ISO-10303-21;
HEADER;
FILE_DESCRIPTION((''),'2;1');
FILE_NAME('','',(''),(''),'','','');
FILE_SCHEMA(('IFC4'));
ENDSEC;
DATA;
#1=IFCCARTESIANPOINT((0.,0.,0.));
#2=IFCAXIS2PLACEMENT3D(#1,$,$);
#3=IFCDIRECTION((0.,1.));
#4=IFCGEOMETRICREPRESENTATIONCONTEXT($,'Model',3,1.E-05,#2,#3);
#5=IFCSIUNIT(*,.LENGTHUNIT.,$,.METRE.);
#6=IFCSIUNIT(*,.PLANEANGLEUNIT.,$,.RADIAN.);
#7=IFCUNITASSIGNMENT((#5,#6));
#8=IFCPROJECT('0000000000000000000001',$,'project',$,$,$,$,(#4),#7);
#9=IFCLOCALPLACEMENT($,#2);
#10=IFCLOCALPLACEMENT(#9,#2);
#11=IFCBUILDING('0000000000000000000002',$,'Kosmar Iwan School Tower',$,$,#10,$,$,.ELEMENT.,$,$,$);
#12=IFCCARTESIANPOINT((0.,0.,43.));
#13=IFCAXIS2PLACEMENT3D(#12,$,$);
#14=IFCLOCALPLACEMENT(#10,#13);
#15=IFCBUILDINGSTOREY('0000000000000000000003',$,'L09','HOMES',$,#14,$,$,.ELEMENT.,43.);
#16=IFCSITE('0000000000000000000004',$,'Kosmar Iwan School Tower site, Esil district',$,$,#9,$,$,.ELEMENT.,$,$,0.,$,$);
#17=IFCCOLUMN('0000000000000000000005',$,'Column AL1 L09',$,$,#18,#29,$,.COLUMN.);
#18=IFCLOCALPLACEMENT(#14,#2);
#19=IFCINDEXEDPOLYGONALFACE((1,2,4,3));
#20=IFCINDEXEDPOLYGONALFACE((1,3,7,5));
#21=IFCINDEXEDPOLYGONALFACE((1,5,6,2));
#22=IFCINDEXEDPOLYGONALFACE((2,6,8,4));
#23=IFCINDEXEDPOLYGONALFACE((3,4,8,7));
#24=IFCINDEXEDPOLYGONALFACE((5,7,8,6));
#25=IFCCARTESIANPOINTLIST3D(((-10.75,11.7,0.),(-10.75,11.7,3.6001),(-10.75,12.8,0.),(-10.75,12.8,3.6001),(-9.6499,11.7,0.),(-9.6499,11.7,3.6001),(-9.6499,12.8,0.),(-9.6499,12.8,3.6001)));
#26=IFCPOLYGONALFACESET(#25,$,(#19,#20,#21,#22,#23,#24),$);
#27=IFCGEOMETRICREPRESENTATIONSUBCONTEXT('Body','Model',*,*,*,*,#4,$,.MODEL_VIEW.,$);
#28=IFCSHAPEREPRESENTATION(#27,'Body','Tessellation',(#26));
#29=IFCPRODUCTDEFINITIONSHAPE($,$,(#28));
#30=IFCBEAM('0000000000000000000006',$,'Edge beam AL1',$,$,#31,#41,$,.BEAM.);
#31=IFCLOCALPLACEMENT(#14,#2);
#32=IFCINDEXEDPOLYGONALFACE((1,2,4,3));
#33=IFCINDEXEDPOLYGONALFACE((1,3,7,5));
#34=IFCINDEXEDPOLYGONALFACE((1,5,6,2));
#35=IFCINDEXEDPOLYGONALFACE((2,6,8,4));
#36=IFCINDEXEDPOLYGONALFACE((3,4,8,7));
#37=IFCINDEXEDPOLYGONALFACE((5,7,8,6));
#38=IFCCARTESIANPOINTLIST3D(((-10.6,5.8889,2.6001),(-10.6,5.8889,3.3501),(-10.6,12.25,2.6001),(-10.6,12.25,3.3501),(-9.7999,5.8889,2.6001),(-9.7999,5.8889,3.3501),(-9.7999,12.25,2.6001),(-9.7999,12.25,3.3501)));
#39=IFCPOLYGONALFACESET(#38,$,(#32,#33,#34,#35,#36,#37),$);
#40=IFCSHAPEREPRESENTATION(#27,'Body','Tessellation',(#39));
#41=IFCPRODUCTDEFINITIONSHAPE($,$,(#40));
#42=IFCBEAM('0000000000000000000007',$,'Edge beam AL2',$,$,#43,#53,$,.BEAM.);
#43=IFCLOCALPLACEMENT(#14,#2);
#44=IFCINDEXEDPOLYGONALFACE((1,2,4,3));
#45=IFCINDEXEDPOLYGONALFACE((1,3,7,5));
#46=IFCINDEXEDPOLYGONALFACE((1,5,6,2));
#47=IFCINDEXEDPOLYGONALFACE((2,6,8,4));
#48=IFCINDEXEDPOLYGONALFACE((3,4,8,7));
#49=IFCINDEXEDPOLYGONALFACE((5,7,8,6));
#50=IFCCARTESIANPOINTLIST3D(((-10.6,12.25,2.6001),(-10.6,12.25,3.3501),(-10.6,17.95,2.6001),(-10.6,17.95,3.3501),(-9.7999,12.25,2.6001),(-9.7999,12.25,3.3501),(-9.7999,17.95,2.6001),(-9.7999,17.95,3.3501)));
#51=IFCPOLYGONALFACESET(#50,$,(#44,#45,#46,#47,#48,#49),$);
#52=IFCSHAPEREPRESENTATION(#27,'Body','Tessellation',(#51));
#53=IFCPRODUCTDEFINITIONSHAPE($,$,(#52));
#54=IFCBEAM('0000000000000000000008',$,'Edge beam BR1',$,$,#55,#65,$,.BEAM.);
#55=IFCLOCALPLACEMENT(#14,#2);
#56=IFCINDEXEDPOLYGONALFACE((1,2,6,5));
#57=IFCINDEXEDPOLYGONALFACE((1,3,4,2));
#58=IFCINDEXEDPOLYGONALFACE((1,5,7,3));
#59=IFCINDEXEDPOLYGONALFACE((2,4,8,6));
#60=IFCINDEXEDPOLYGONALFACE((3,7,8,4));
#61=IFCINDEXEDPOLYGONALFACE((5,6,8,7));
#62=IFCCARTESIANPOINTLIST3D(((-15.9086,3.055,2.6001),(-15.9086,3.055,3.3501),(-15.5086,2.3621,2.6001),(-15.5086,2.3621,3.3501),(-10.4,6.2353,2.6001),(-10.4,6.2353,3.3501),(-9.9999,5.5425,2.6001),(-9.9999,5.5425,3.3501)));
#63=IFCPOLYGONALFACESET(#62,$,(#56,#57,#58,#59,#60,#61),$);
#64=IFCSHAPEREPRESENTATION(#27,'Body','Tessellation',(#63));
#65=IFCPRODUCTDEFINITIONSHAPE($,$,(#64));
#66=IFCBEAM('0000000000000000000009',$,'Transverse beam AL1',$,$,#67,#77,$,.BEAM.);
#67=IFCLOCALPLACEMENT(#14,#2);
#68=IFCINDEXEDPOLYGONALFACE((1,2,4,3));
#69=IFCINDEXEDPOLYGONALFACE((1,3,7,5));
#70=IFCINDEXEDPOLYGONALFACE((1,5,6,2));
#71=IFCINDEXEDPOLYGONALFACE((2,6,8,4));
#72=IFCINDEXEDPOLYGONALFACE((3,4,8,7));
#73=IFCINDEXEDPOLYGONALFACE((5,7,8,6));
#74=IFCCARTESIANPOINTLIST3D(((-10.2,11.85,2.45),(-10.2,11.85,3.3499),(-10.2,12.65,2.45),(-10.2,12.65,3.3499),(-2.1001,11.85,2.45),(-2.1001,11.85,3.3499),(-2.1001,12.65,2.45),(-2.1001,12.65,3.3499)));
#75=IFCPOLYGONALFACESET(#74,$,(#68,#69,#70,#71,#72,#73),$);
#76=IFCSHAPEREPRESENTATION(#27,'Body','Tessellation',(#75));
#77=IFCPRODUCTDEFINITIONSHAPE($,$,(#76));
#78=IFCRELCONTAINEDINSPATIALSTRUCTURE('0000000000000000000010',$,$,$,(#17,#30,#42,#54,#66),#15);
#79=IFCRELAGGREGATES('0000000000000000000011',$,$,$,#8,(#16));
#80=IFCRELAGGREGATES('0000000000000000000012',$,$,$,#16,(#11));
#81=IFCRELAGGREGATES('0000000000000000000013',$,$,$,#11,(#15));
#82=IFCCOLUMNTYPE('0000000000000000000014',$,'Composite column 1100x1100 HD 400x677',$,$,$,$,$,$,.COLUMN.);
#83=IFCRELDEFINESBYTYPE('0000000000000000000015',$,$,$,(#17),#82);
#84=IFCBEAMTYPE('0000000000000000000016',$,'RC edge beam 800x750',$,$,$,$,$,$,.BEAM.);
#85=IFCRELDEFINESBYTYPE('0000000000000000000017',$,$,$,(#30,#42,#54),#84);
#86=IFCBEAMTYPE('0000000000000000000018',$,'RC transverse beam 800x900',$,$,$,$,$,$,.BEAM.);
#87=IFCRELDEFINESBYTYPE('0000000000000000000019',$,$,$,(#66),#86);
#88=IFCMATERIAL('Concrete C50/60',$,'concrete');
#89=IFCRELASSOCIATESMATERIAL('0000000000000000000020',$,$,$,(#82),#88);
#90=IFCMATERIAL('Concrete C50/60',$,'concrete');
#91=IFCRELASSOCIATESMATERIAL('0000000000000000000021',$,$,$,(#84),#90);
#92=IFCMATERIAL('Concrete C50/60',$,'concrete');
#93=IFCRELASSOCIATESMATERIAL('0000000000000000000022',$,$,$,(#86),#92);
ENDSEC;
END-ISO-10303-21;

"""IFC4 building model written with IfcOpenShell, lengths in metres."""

from ifc_helpers import new_model, si_unit, direction, frame, origin, origin_2d, place, context, subcontext, project, spatial, rectangle, extrude, material, material_profile, profile_set, type_object, element, save


model = new_model("IFC4")

# Units and contexts
model_context = context("Model", 3, precision=1e-05, world=origin(), true_north=direction((0.0, 1.0)))
body_context = subcontext(model_context, "Body", "Model", "MODEL_VIEW")
ifc_project = project(units=[si_unit("LENGTHUNIT", "METRE"), si_unit("PLANEANGLEUNIT", "RADIAN")], contexts=[model_context])

# Site, building, storey
site_placement = place(None, origin())
site = spatial("IfcSite", under=ifc_project, at=site_placement, Name="Kosmar Iwan School Tower site, Esil district", CompositionType="ELEMENT", RefElevation=0.0)
building_placement = place(site_placement, origin())
building = spatial("IfcBuilding", under=site, at=building_placement, Name="Kosmar Iwan School Tower", CompositionType="ELEMENT")
storey_placement = place(building_placement, frame((0.0, 0.0, 43.0)))
storey = spatial("IfcBuildingStorey", under=building, at=storey_placement, Name="L09", Description="HOMES", CompositionType="ELEMENT", Elevation=43.0)

# Column
ifc_material_1 = material(Name="Concrete C50/60", Category="concrete")
ifc_material_profile_1 = material_profile(ifc_material_1, rectangle(XDim=1.1001, YDim=1.1001, at=origin_2d()), Name="RC 1100x1100 + HD 400x677")
ifc_profile_set_1 = profile_set([ifc_material_profile_1], Name="Concrete C50/60")
column_type = type_object("IfcColumnType", Name="Composite column 1100x1100 HD 400x677", PredefinedType="COLUMN", material=ifc_profile_set_1)
column_placement = place(storey_placement, frame((-10.2, 12.25, 0.0), z_axis=(0.0, 0.0, 1.0), x_axis=(0.0, 1.0, 0.0)))
element("IfcColumn", 1, at=column_placement, inside=storey, type_object=column_type, Name="Column AL1 L09", PredefinedType="COLUMN", context=body_context, shape_type="SweptSolid", body=[
    extrude(rectangle(XDim=1.1001, YDim=1.1001, at=origin_2d()), origin(), (0.0, 0.0, 1.0), 3.6001),
])

# Beams
ifc_material_2 = material(Name="Concrete C50/60", Category="concrete")
ifc_material_profile_2 = material_profile(ifc_material_2, rectangle(XDim=0.8, YDim=0.75, at=origin_2d()), Name="RC 800x750")
ifc_profile_set_2 = profile_set([ifc_material_profile_2], Name="Concrete C50/60")
beam_type_1 = type_object("IfcBeamType", Name="RC edge beam 800x750", PredefinedType="BEAM", material=ifc_profile_set_2)
beam_1_placement = place(storey_placement, frame((-10.2, 5.8889, 2.9751), z_axis=(0.0, 1.0, 0.0), x_axis=(-1.0, 0.0, 0.0)))
element("IfcBeam", 2, at=beam_1_placement, inside=storey, type_object=beam_type_1, Name="Edge beam AL1", PredefinedType="BEAM", context=body_context, shape_type="SweptSolid", body=[
    extrude(rectangle(XDim=0.8, YDim=0.75, at=origin_2d()), origin(), (0.0, 0.0, 1.0), 6.3611),
])
beam_2_placement = place(storey_placement, frame((-10.2, 12.25, 2.9751), z_axis=(0.0, 1.0, 0.0), x_axis=(-1.0, 0.0, 0.0)))
element("IfcBeam", 3, at=beam_2_placement, inside=storey, type_object=beam_type_1, Name="Edge beam AL2", PredefinedType="BEAM", context=body_context, shape_type="SweptSolid", body=[
    extrude(rectangle(XDim=0.8, YDim=0.75, at=origin_2d()), origin(), (0.0, 0.0, 1.0), 5.7),
])
beam_3_placement = place(storey_placement, frame((-10.2, 5.8889, 2.9751), z_axis=(-0.866031, -0.49999, 0.0), x_axis=(0.49999, -0.866031, 0.0)))
element("IfcBeam", 4, at=beam_3_placement, inside=storey, type_object=beam_type_1, Name="Edge beam BR1", PredefinedType="BEAM", context=body_context, shape_type="SweptSolid", body=[
    extrude(rectangle(XDim=0.8, YDim=0.75, at=origin_2d()), origin(), (0.0, 0.0, 1.0), 6.3608),
])
ifc_material_3 = material(Name="Concrete C50/60", Category="concrete")
ifc_material_profile_3 = material_profile(ifc_material_3, rectangle(XDim=0.8, YDim=0.8999, at=origin_2d()), Name="RC 800x900")
ifc_profile_set_3 = profile_set([ifc_material_profile_3], Name="Concrete C50/60")
beam_type_2 = type_object("IfcBeamType", Name="RC transverse beam 800x900", PredefinedType="BEAM", material=ifc_profile_set_3)
beam_4_placement = place(storey_placement, frame((-10.2, 12.25, 2.8999), z_axis=(1.0, 0.0, 0.0), x_axis=(0.0, 1.0, 0.0)))
element("IfcBeam", 5, at=beam_4_placement, inside=storey, type_object=beam_type_2, Name="Transverse beam AL1", PredefinedType="BEAM", context=body_context, shape_type="SweptSolid", body=[
    extrude(rectangle(XDim=0.8, YDim=0.8999, at=origin_2d()), origin(), (0.0, 0.0, 1.0), 8.0999),
])

save(model, "model.ifc")
